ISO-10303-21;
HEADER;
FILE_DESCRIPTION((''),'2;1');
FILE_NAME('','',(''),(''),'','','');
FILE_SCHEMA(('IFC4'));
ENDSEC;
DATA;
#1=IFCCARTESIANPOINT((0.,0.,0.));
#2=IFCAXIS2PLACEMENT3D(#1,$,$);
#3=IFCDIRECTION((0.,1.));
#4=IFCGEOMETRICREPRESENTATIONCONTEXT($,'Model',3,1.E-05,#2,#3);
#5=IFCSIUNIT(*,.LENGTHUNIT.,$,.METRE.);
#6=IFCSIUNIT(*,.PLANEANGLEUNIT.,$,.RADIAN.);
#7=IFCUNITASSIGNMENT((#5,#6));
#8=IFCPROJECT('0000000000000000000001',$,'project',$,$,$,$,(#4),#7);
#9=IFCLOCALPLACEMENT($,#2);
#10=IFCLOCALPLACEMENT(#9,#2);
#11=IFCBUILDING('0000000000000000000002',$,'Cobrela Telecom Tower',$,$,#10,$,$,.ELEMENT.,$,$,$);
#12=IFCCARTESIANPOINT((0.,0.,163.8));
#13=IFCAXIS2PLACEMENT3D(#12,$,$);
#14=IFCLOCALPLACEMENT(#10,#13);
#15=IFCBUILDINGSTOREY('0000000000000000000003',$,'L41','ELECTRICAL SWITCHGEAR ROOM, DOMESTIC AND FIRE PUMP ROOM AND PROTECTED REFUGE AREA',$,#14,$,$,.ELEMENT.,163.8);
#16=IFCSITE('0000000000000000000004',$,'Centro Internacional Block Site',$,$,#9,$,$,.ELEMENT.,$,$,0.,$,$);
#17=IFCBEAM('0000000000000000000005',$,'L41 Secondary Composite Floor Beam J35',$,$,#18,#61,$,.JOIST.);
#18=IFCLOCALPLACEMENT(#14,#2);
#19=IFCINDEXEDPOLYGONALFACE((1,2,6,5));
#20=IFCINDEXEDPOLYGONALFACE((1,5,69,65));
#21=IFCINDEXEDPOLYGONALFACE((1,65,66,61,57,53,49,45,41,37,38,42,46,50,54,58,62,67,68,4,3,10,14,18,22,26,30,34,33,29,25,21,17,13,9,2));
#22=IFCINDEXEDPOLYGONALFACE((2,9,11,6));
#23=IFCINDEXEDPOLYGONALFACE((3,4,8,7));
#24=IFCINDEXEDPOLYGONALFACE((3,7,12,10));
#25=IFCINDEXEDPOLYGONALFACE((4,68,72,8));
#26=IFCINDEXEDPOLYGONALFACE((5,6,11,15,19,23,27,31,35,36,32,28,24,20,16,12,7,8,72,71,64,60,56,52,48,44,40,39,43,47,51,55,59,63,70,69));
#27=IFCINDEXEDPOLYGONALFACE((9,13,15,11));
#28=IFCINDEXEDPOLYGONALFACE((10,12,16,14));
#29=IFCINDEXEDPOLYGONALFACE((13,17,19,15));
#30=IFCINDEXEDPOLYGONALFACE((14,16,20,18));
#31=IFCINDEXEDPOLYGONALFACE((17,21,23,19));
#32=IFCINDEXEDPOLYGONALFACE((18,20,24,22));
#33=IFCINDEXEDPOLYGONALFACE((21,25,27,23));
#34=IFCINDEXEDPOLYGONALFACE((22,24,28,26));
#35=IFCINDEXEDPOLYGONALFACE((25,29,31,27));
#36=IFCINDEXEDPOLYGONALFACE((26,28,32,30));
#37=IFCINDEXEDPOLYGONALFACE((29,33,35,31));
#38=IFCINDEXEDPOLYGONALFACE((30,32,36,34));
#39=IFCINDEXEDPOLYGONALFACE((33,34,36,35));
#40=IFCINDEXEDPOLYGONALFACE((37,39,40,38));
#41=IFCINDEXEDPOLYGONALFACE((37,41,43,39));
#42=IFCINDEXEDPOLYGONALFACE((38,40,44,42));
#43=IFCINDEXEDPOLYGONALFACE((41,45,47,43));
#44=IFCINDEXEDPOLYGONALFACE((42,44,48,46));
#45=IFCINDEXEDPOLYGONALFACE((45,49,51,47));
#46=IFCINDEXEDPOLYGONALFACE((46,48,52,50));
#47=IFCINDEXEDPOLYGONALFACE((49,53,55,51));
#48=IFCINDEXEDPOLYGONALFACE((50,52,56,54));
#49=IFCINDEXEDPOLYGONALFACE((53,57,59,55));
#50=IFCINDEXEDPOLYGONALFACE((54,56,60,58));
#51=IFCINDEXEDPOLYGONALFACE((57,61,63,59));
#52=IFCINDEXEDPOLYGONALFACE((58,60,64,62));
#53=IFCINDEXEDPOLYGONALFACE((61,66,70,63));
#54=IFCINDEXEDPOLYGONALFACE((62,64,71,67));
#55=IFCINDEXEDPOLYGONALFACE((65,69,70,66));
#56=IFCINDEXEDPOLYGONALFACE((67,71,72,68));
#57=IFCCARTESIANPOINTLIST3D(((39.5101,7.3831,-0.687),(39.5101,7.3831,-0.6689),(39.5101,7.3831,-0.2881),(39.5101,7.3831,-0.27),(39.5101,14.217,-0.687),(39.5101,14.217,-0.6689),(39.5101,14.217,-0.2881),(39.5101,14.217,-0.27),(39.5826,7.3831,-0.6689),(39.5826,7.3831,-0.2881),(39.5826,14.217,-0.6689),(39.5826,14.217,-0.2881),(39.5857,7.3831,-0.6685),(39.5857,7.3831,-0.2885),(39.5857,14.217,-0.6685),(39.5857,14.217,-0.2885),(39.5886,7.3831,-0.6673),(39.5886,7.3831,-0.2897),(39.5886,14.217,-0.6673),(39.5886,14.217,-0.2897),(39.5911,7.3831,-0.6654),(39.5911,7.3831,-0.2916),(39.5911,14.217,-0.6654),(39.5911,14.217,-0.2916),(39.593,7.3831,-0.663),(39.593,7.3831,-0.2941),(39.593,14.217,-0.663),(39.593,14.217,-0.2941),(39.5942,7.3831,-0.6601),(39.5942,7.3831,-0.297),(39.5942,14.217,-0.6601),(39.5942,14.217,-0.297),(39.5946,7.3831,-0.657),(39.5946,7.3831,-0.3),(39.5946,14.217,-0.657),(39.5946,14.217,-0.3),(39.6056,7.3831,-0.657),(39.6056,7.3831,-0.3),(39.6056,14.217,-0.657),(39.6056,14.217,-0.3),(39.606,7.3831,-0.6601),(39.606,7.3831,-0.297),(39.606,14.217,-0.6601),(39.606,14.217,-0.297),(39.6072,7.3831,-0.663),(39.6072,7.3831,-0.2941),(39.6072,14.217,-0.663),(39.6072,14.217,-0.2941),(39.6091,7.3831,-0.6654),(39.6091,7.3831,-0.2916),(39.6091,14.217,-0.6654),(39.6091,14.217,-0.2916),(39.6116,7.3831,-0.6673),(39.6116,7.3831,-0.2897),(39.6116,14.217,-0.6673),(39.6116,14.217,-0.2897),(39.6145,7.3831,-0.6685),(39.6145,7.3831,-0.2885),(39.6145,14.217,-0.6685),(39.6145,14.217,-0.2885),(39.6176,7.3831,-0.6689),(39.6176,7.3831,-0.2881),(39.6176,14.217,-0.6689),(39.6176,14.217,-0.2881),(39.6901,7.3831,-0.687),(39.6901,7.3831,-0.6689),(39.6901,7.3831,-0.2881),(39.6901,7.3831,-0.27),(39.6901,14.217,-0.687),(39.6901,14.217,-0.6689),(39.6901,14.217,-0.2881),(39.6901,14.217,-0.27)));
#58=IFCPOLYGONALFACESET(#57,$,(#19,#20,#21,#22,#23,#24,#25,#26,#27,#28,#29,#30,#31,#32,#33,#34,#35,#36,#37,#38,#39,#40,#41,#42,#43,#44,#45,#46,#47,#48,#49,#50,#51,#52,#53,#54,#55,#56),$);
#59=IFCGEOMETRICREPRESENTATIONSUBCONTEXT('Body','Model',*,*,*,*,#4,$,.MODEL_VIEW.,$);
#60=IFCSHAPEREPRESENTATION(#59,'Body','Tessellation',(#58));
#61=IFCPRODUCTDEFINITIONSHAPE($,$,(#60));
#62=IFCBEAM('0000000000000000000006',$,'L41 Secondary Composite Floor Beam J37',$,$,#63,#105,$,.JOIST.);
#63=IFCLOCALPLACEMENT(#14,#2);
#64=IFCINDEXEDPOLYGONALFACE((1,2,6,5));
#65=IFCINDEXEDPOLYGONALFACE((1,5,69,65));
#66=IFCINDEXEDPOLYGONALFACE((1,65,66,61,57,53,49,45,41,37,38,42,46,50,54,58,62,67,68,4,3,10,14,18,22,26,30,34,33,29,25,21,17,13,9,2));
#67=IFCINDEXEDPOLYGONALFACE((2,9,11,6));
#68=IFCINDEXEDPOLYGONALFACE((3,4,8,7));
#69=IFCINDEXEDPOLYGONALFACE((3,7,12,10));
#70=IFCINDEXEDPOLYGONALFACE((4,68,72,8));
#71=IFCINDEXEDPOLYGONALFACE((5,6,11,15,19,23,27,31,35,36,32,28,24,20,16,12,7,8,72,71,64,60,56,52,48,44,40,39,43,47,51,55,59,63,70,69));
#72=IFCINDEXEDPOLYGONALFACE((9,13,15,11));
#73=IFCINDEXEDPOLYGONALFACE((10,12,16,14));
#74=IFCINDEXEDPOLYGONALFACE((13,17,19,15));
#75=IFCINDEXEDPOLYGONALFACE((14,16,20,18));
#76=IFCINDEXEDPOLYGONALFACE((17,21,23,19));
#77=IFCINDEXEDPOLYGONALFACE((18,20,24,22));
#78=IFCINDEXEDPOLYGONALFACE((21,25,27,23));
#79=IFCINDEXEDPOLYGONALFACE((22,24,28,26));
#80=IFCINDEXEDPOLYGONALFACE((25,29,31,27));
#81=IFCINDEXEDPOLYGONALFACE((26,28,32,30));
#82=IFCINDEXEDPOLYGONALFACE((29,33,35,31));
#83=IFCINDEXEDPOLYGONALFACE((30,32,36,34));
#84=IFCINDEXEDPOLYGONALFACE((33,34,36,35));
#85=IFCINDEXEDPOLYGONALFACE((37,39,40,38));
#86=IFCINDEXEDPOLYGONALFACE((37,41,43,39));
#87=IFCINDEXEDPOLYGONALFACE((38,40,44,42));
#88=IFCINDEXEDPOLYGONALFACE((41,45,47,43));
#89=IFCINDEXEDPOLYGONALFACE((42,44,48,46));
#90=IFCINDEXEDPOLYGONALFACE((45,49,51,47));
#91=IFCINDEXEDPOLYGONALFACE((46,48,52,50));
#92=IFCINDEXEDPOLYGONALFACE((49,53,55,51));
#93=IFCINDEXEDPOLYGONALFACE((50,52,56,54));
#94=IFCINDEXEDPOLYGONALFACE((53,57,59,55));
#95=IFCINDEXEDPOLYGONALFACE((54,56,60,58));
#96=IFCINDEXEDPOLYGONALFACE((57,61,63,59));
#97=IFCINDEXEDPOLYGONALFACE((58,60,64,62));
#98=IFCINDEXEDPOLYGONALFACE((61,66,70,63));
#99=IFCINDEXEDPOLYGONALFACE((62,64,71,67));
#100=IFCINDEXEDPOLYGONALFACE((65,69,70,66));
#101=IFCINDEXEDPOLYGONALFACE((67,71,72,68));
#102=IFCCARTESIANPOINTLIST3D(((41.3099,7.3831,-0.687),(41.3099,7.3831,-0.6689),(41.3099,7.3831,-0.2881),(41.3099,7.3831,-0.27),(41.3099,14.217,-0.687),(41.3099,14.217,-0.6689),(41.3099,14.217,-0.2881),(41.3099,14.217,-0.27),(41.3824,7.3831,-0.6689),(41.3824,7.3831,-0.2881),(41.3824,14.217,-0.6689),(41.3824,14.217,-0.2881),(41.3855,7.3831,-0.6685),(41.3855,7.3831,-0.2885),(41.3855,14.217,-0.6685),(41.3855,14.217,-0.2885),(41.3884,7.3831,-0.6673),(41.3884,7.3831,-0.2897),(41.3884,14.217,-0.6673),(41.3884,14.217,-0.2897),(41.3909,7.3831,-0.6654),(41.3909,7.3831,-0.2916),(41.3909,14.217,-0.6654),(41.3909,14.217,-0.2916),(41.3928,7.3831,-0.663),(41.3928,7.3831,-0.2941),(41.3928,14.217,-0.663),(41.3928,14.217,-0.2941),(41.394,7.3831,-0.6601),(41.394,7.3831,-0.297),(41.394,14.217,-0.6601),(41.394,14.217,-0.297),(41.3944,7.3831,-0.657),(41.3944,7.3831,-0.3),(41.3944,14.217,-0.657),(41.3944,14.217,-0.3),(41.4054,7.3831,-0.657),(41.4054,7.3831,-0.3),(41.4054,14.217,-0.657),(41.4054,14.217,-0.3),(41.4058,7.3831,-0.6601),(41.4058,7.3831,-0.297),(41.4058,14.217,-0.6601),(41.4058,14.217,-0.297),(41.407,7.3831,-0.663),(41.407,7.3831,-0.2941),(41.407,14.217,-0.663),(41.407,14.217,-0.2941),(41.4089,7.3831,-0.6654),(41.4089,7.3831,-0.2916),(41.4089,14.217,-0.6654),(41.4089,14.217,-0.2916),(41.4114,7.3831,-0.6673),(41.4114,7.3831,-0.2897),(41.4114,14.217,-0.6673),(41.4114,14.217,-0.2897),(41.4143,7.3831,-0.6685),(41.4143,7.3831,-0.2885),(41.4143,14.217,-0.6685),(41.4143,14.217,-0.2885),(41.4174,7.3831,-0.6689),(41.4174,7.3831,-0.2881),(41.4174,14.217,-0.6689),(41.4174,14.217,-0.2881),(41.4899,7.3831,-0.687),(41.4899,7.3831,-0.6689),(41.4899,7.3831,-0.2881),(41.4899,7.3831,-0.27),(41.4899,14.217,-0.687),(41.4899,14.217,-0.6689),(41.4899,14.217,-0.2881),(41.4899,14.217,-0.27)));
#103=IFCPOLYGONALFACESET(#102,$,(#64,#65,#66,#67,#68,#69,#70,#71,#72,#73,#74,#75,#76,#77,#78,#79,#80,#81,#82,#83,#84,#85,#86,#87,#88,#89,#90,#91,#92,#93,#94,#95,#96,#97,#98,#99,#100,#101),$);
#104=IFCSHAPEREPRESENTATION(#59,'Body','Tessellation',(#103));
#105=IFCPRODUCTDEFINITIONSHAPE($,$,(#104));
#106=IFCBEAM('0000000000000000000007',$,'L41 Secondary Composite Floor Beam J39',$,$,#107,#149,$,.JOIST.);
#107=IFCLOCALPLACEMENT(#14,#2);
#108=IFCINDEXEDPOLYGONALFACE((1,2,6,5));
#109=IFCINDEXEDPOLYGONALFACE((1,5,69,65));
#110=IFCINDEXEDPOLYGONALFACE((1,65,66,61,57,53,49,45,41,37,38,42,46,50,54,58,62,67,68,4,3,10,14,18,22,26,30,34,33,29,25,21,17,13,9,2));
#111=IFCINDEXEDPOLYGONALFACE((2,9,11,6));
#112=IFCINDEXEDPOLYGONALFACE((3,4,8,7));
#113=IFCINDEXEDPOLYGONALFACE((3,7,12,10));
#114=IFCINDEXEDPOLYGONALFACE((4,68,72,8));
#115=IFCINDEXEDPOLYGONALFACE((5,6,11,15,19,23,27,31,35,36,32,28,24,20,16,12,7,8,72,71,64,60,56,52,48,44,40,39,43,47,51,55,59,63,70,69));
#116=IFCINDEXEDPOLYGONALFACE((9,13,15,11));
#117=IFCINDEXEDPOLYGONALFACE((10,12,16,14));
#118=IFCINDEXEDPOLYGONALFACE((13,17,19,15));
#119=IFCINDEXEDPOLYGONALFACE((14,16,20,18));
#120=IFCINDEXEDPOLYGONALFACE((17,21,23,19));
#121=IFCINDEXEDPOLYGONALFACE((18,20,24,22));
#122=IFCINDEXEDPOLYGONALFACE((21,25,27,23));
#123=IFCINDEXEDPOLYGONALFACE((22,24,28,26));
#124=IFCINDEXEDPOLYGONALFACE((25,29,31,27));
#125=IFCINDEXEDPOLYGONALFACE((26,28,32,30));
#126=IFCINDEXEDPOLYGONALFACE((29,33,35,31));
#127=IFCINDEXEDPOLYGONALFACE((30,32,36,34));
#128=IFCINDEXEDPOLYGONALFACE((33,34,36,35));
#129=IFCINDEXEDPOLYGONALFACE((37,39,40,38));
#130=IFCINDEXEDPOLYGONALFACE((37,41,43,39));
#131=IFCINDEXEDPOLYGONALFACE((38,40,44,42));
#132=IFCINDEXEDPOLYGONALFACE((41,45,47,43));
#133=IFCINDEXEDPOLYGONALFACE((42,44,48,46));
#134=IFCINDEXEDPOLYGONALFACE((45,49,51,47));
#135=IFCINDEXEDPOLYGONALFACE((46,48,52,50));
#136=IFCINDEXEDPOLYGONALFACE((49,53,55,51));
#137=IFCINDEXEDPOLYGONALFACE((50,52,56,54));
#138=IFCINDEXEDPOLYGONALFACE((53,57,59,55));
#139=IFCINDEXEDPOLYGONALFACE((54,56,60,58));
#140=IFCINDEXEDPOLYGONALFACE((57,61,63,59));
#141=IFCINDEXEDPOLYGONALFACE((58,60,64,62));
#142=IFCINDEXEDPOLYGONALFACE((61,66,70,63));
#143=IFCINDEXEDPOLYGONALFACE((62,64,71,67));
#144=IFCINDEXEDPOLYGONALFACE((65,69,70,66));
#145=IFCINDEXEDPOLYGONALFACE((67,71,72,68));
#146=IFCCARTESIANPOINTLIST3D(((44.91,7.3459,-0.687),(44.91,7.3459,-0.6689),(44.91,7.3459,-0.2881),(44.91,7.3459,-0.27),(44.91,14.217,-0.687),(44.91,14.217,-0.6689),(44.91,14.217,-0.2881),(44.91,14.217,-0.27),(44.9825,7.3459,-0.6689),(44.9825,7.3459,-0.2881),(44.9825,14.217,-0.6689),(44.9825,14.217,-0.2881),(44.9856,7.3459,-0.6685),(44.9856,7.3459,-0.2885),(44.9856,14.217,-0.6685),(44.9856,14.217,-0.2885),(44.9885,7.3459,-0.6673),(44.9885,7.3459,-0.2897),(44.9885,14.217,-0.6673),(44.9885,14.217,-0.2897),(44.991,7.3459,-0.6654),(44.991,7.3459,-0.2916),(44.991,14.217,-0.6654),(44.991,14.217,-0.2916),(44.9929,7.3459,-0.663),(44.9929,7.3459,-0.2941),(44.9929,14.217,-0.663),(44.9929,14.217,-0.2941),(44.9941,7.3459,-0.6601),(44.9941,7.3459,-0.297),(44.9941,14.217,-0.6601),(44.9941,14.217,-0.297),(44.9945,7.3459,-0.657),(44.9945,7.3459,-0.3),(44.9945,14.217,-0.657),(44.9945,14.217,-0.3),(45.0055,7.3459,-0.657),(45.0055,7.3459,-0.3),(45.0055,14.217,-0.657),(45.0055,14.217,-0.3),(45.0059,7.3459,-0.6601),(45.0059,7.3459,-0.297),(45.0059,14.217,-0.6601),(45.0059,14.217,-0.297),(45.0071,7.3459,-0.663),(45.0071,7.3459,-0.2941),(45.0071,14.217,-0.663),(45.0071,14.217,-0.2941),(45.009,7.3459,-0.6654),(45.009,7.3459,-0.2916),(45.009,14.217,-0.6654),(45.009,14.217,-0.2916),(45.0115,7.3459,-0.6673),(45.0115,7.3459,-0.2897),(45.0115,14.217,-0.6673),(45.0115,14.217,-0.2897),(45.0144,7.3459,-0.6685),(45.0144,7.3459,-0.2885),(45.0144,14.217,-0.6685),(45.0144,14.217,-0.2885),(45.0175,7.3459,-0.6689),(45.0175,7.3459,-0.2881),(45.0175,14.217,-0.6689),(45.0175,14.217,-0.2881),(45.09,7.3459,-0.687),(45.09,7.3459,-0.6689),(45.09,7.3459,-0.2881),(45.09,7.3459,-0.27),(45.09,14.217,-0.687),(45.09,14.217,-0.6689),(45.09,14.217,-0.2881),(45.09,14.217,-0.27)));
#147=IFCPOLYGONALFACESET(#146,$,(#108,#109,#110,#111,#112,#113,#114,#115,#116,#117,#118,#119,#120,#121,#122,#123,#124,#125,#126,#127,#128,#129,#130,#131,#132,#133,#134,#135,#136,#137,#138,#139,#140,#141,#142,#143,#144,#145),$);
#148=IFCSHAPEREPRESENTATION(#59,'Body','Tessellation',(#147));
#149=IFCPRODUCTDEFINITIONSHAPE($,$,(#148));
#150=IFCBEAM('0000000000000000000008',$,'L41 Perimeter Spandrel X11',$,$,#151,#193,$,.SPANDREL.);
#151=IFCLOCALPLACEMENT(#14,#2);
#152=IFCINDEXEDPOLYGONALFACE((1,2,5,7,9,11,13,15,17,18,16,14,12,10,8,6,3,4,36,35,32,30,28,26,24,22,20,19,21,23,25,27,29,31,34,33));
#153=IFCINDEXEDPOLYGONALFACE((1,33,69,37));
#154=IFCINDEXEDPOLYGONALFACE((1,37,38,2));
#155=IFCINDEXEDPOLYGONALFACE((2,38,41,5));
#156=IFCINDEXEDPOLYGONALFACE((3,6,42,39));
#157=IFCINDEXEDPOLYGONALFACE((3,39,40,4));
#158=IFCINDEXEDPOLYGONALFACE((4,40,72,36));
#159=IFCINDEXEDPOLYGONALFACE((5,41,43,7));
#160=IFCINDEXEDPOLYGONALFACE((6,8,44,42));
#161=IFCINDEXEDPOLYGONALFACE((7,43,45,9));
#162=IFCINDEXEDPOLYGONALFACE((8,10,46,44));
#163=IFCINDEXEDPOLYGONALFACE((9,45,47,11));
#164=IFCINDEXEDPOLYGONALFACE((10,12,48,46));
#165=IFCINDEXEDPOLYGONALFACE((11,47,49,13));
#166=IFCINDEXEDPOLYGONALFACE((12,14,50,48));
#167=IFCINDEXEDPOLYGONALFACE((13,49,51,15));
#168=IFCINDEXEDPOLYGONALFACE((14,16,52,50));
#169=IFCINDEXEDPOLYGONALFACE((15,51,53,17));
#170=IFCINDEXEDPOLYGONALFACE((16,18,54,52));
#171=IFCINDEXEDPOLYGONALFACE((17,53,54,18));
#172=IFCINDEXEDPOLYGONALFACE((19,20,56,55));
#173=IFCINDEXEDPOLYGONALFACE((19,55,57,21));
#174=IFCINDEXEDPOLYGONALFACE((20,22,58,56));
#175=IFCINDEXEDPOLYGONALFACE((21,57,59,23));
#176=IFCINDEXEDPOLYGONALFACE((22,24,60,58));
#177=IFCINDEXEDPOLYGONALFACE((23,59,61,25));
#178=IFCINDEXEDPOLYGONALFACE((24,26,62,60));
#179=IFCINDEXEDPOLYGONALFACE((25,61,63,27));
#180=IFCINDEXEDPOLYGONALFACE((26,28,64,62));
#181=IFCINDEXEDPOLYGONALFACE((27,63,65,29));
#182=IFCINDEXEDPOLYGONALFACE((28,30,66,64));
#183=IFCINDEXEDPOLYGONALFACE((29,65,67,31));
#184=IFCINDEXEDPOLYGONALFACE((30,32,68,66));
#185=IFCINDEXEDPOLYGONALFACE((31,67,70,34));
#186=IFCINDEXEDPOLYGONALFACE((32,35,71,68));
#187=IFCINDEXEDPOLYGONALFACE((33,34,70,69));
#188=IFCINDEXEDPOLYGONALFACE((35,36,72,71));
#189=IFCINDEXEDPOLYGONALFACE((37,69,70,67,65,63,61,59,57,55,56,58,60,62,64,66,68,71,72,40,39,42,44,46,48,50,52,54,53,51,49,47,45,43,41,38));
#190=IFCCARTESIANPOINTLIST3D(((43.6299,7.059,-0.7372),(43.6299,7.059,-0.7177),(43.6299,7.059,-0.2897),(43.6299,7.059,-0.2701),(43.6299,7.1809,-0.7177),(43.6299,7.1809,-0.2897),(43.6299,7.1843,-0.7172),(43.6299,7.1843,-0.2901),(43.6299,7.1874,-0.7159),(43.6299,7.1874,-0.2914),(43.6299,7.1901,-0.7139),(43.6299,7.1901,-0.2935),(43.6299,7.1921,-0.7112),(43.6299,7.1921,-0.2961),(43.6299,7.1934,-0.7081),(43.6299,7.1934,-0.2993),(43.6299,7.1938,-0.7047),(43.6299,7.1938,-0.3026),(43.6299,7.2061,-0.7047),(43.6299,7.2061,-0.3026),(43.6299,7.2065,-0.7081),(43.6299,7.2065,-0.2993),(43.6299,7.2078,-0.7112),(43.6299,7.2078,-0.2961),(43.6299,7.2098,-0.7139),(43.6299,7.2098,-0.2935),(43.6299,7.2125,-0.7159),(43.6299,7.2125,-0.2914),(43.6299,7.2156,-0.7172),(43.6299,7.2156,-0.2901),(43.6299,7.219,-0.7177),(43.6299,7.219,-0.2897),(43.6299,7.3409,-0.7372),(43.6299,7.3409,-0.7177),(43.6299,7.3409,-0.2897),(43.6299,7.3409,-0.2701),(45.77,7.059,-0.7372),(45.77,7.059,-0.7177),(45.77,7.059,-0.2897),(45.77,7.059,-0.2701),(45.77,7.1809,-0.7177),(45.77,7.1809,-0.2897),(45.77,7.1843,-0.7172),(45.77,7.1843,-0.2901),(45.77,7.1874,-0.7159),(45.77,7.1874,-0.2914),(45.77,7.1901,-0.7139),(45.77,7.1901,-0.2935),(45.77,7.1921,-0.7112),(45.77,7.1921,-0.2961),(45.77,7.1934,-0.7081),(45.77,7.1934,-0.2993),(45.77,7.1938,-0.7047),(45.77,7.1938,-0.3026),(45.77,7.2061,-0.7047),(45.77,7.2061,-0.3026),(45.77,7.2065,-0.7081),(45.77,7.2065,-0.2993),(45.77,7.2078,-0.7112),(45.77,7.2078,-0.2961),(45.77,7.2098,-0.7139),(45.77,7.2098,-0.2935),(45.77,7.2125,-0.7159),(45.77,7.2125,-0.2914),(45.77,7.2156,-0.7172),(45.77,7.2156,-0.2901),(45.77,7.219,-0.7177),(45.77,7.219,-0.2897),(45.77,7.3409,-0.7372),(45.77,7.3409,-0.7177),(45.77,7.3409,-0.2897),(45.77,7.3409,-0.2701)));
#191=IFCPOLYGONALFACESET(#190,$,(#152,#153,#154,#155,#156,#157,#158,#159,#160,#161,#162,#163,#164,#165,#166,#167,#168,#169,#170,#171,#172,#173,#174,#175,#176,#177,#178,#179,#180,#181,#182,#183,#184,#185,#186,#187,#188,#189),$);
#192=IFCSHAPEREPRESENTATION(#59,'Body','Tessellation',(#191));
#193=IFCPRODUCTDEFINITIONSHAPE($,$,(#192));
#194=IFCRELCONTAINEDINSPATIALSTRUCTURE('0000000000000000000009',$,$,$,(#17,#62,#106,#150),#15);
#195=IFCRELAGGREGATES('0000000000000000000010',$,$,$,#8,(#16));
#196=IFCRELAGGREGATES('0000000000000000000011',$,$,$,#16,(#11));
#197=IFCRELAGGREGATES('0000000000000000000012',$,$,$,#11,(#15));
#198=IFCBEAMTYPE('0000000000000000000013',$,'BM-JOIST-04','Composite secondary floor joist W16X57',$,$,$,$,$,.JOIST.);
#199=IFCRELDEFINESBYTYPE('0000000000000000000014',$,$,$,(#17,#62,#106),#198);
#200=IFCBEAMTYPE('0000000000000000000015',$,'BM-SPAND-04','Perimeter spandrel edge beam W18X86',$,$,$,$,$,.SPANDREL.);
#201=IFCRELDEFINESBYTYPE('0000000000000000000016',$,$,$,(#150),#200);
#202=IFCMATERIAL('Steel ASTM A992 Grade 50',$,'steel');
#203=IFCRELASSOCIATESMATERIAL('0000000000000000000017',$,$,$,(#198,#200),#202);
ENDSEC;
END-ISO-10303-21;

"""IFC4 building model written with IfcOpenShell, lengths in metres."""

from ifc_helpers import new_model, si_unit, direction, frame, origin, origin_2d, place, context, subcontext, project, spatial, i_section, extrude, material, material_profile, profile_set, type_object, element, save


model = new_model("IFC4")

# Units and contexts
model_context = context("Model", 3, precision=1e-05, world=origin(), true_north=direction((0.0, 1.0)))
body_context = subcontext(model_context, "Body", "Model", "MODEL_VIEW")
ifc_project = project(units=[si_unit("LENGTHUNIT", "METRE"), si_unit("PLANEANGLEUNIT", "RADIAN")], contexts=[model_context])

# Site, building, storey
site_placement = place(None, origin())
site = spatial("IfcSite", under=ifc_project, at=site_placement, Name="Centro Internacional Block Site", CompositionType="ELEMENT", RefElevation=0.0)
building_placement = place(site_placement, origin())
building = spatial("IfcBuilding", under=site, at=building_placement, Name="Cobrela Telecom Tower", CompositionType="ELEMENT")
storey_placement = place(building_placement, frame((0.0, 0.0, 163.8)))
storey = spatial("IfcBuildingStorey", under=building, at=storey_placement, Name="L41", Description="ELECTRICAL SWITCHGEAR ROOM, DOMESTIC AND FIRE PUMP ROOM AND PROTECTED REFUGE AREA", CompositionType="ELEMENT", Elevation=163.8)

# Shared definitions
ifc_material_1 = material(Name="Steel ASTM A992 Grade 50", Category="steel")

# Beams
ifc_material_profile_1 = material_profile(ifc_material_1, i_section(OverallWidth=0.1799, OverallDepth=0.417, WebThickness=0.011, FlangeThickness=0.0181, FilletRadius=0.012, at=origin_2d()), Name="W16X57")
ifc_profile_set_1 = profile_set([ifc_material_profile_1], Name="Steel ASTM A992 Grade 50")
beam_type_1 = type_object("IfcBeamType", Name="BM-JOIST-04", Description="Composite secondary floor joist W16X57", PredefinedType="JOIST", material=ifc_profile_set_1)
for number, where, z_axis, x_axis, name in (
    (1, (39.6001, 7.3831, -0.4785), (0.0, 1.0, 0.0), (-1.0, 0.0, 0.0), "L41 Secondary Composite Floor Beam J35"),
    (2, (41.3999, 7.3831, -0.4785), (0.0, 1.0, 0.0), (-1.0, 0.0, 0.0), "L41 Secondary Composite Floor Beam J37"),
):
    element("IfcBeam", number, at=place(storey_placement, frame(where, z_axis=z_axis, x_axis=x_axis)), inside=storey, type_object=beam_type_1, Name=name, PredefinedType="JOIST", context=body_context, shape_type="SweptSolid", body=[
        extrude(i_section(OverallWidth=0.1799, OverallDepth=0.417, WebThickness=0.011, FlangeThickness=0.0181, FilletRadius=0.012, at=origin_2d()), origin(), (0.0, 0.0, 1.0), 6.834),
    ])
beam_1_placement = place(storey_placement, frame((45.0, 7.3459, -0.4785), z_axis=(0.0, 1.0, 0.0), x_axis=(-1.0, 0.0, 0.0)))
element("IfcBeam", 3, at=beam_1_placement, inside=storey, type_object=beam_type_1, Name="L41 Secondary Composite Floor Beam J39", PredefinedType="JOIST", context=body_context, shape_type="SweptSolid", body=[
    extrude(i_section(OverallWidth=0.1799, OverallDepth=0.417, WebThickness=0.011, FlangeThickness=0.0181, FilletRadius=0.012, at=origin_2d()), origin(), (0.0, 0.0, 1.0), 6.8711),
])
ifc_material_profile_2 = material_profile(ifc_material_1, i_section(OverallWidth=0.282, OverallDepth=0.467, WebThickness=0.0122, FlangeThickness=0.0195, FilletRadius=0.0129, at=origin_2d()), Name="W18X86")
ifc_profile_set_2 = profile_set([ifc_material_profile_2], Name="Steel ASTM A992 Grade 50")
beam_type_2 = type_object("IfcBeamType", Name="BM-SPAND-04", Description="Perimeter spandrel edge beam W18X86", PredefinedType="SPANDREL", material=ifc_profile_set_2)
beam_2_placement = place(storey_placement, frame((43.6299, 7.2, -0.5037), z_axis=(1.0, 0.0, 0.0), x_axis=(0.0, 1.0, 0.0)))
element("IfcBeam", 4, at=beam_2_placement, inside=storey, type_object=beam_type_2, Name="L41 Perimeter Spandrel X11", PredefinedType="SPANDREL", context=body_context, shape_type="SweptSolid", body=[
    extrude(i_section(OverallWidth=0.282, OverallDepth=0.467, WebThickness=0.0122, FlangeThickness=0.0195, FilletRadius=0.0129, at=origin_2d()), origin(), (0.0, 0.0, 1.0), 2.1401),
])

save(model, "model.ifc")
